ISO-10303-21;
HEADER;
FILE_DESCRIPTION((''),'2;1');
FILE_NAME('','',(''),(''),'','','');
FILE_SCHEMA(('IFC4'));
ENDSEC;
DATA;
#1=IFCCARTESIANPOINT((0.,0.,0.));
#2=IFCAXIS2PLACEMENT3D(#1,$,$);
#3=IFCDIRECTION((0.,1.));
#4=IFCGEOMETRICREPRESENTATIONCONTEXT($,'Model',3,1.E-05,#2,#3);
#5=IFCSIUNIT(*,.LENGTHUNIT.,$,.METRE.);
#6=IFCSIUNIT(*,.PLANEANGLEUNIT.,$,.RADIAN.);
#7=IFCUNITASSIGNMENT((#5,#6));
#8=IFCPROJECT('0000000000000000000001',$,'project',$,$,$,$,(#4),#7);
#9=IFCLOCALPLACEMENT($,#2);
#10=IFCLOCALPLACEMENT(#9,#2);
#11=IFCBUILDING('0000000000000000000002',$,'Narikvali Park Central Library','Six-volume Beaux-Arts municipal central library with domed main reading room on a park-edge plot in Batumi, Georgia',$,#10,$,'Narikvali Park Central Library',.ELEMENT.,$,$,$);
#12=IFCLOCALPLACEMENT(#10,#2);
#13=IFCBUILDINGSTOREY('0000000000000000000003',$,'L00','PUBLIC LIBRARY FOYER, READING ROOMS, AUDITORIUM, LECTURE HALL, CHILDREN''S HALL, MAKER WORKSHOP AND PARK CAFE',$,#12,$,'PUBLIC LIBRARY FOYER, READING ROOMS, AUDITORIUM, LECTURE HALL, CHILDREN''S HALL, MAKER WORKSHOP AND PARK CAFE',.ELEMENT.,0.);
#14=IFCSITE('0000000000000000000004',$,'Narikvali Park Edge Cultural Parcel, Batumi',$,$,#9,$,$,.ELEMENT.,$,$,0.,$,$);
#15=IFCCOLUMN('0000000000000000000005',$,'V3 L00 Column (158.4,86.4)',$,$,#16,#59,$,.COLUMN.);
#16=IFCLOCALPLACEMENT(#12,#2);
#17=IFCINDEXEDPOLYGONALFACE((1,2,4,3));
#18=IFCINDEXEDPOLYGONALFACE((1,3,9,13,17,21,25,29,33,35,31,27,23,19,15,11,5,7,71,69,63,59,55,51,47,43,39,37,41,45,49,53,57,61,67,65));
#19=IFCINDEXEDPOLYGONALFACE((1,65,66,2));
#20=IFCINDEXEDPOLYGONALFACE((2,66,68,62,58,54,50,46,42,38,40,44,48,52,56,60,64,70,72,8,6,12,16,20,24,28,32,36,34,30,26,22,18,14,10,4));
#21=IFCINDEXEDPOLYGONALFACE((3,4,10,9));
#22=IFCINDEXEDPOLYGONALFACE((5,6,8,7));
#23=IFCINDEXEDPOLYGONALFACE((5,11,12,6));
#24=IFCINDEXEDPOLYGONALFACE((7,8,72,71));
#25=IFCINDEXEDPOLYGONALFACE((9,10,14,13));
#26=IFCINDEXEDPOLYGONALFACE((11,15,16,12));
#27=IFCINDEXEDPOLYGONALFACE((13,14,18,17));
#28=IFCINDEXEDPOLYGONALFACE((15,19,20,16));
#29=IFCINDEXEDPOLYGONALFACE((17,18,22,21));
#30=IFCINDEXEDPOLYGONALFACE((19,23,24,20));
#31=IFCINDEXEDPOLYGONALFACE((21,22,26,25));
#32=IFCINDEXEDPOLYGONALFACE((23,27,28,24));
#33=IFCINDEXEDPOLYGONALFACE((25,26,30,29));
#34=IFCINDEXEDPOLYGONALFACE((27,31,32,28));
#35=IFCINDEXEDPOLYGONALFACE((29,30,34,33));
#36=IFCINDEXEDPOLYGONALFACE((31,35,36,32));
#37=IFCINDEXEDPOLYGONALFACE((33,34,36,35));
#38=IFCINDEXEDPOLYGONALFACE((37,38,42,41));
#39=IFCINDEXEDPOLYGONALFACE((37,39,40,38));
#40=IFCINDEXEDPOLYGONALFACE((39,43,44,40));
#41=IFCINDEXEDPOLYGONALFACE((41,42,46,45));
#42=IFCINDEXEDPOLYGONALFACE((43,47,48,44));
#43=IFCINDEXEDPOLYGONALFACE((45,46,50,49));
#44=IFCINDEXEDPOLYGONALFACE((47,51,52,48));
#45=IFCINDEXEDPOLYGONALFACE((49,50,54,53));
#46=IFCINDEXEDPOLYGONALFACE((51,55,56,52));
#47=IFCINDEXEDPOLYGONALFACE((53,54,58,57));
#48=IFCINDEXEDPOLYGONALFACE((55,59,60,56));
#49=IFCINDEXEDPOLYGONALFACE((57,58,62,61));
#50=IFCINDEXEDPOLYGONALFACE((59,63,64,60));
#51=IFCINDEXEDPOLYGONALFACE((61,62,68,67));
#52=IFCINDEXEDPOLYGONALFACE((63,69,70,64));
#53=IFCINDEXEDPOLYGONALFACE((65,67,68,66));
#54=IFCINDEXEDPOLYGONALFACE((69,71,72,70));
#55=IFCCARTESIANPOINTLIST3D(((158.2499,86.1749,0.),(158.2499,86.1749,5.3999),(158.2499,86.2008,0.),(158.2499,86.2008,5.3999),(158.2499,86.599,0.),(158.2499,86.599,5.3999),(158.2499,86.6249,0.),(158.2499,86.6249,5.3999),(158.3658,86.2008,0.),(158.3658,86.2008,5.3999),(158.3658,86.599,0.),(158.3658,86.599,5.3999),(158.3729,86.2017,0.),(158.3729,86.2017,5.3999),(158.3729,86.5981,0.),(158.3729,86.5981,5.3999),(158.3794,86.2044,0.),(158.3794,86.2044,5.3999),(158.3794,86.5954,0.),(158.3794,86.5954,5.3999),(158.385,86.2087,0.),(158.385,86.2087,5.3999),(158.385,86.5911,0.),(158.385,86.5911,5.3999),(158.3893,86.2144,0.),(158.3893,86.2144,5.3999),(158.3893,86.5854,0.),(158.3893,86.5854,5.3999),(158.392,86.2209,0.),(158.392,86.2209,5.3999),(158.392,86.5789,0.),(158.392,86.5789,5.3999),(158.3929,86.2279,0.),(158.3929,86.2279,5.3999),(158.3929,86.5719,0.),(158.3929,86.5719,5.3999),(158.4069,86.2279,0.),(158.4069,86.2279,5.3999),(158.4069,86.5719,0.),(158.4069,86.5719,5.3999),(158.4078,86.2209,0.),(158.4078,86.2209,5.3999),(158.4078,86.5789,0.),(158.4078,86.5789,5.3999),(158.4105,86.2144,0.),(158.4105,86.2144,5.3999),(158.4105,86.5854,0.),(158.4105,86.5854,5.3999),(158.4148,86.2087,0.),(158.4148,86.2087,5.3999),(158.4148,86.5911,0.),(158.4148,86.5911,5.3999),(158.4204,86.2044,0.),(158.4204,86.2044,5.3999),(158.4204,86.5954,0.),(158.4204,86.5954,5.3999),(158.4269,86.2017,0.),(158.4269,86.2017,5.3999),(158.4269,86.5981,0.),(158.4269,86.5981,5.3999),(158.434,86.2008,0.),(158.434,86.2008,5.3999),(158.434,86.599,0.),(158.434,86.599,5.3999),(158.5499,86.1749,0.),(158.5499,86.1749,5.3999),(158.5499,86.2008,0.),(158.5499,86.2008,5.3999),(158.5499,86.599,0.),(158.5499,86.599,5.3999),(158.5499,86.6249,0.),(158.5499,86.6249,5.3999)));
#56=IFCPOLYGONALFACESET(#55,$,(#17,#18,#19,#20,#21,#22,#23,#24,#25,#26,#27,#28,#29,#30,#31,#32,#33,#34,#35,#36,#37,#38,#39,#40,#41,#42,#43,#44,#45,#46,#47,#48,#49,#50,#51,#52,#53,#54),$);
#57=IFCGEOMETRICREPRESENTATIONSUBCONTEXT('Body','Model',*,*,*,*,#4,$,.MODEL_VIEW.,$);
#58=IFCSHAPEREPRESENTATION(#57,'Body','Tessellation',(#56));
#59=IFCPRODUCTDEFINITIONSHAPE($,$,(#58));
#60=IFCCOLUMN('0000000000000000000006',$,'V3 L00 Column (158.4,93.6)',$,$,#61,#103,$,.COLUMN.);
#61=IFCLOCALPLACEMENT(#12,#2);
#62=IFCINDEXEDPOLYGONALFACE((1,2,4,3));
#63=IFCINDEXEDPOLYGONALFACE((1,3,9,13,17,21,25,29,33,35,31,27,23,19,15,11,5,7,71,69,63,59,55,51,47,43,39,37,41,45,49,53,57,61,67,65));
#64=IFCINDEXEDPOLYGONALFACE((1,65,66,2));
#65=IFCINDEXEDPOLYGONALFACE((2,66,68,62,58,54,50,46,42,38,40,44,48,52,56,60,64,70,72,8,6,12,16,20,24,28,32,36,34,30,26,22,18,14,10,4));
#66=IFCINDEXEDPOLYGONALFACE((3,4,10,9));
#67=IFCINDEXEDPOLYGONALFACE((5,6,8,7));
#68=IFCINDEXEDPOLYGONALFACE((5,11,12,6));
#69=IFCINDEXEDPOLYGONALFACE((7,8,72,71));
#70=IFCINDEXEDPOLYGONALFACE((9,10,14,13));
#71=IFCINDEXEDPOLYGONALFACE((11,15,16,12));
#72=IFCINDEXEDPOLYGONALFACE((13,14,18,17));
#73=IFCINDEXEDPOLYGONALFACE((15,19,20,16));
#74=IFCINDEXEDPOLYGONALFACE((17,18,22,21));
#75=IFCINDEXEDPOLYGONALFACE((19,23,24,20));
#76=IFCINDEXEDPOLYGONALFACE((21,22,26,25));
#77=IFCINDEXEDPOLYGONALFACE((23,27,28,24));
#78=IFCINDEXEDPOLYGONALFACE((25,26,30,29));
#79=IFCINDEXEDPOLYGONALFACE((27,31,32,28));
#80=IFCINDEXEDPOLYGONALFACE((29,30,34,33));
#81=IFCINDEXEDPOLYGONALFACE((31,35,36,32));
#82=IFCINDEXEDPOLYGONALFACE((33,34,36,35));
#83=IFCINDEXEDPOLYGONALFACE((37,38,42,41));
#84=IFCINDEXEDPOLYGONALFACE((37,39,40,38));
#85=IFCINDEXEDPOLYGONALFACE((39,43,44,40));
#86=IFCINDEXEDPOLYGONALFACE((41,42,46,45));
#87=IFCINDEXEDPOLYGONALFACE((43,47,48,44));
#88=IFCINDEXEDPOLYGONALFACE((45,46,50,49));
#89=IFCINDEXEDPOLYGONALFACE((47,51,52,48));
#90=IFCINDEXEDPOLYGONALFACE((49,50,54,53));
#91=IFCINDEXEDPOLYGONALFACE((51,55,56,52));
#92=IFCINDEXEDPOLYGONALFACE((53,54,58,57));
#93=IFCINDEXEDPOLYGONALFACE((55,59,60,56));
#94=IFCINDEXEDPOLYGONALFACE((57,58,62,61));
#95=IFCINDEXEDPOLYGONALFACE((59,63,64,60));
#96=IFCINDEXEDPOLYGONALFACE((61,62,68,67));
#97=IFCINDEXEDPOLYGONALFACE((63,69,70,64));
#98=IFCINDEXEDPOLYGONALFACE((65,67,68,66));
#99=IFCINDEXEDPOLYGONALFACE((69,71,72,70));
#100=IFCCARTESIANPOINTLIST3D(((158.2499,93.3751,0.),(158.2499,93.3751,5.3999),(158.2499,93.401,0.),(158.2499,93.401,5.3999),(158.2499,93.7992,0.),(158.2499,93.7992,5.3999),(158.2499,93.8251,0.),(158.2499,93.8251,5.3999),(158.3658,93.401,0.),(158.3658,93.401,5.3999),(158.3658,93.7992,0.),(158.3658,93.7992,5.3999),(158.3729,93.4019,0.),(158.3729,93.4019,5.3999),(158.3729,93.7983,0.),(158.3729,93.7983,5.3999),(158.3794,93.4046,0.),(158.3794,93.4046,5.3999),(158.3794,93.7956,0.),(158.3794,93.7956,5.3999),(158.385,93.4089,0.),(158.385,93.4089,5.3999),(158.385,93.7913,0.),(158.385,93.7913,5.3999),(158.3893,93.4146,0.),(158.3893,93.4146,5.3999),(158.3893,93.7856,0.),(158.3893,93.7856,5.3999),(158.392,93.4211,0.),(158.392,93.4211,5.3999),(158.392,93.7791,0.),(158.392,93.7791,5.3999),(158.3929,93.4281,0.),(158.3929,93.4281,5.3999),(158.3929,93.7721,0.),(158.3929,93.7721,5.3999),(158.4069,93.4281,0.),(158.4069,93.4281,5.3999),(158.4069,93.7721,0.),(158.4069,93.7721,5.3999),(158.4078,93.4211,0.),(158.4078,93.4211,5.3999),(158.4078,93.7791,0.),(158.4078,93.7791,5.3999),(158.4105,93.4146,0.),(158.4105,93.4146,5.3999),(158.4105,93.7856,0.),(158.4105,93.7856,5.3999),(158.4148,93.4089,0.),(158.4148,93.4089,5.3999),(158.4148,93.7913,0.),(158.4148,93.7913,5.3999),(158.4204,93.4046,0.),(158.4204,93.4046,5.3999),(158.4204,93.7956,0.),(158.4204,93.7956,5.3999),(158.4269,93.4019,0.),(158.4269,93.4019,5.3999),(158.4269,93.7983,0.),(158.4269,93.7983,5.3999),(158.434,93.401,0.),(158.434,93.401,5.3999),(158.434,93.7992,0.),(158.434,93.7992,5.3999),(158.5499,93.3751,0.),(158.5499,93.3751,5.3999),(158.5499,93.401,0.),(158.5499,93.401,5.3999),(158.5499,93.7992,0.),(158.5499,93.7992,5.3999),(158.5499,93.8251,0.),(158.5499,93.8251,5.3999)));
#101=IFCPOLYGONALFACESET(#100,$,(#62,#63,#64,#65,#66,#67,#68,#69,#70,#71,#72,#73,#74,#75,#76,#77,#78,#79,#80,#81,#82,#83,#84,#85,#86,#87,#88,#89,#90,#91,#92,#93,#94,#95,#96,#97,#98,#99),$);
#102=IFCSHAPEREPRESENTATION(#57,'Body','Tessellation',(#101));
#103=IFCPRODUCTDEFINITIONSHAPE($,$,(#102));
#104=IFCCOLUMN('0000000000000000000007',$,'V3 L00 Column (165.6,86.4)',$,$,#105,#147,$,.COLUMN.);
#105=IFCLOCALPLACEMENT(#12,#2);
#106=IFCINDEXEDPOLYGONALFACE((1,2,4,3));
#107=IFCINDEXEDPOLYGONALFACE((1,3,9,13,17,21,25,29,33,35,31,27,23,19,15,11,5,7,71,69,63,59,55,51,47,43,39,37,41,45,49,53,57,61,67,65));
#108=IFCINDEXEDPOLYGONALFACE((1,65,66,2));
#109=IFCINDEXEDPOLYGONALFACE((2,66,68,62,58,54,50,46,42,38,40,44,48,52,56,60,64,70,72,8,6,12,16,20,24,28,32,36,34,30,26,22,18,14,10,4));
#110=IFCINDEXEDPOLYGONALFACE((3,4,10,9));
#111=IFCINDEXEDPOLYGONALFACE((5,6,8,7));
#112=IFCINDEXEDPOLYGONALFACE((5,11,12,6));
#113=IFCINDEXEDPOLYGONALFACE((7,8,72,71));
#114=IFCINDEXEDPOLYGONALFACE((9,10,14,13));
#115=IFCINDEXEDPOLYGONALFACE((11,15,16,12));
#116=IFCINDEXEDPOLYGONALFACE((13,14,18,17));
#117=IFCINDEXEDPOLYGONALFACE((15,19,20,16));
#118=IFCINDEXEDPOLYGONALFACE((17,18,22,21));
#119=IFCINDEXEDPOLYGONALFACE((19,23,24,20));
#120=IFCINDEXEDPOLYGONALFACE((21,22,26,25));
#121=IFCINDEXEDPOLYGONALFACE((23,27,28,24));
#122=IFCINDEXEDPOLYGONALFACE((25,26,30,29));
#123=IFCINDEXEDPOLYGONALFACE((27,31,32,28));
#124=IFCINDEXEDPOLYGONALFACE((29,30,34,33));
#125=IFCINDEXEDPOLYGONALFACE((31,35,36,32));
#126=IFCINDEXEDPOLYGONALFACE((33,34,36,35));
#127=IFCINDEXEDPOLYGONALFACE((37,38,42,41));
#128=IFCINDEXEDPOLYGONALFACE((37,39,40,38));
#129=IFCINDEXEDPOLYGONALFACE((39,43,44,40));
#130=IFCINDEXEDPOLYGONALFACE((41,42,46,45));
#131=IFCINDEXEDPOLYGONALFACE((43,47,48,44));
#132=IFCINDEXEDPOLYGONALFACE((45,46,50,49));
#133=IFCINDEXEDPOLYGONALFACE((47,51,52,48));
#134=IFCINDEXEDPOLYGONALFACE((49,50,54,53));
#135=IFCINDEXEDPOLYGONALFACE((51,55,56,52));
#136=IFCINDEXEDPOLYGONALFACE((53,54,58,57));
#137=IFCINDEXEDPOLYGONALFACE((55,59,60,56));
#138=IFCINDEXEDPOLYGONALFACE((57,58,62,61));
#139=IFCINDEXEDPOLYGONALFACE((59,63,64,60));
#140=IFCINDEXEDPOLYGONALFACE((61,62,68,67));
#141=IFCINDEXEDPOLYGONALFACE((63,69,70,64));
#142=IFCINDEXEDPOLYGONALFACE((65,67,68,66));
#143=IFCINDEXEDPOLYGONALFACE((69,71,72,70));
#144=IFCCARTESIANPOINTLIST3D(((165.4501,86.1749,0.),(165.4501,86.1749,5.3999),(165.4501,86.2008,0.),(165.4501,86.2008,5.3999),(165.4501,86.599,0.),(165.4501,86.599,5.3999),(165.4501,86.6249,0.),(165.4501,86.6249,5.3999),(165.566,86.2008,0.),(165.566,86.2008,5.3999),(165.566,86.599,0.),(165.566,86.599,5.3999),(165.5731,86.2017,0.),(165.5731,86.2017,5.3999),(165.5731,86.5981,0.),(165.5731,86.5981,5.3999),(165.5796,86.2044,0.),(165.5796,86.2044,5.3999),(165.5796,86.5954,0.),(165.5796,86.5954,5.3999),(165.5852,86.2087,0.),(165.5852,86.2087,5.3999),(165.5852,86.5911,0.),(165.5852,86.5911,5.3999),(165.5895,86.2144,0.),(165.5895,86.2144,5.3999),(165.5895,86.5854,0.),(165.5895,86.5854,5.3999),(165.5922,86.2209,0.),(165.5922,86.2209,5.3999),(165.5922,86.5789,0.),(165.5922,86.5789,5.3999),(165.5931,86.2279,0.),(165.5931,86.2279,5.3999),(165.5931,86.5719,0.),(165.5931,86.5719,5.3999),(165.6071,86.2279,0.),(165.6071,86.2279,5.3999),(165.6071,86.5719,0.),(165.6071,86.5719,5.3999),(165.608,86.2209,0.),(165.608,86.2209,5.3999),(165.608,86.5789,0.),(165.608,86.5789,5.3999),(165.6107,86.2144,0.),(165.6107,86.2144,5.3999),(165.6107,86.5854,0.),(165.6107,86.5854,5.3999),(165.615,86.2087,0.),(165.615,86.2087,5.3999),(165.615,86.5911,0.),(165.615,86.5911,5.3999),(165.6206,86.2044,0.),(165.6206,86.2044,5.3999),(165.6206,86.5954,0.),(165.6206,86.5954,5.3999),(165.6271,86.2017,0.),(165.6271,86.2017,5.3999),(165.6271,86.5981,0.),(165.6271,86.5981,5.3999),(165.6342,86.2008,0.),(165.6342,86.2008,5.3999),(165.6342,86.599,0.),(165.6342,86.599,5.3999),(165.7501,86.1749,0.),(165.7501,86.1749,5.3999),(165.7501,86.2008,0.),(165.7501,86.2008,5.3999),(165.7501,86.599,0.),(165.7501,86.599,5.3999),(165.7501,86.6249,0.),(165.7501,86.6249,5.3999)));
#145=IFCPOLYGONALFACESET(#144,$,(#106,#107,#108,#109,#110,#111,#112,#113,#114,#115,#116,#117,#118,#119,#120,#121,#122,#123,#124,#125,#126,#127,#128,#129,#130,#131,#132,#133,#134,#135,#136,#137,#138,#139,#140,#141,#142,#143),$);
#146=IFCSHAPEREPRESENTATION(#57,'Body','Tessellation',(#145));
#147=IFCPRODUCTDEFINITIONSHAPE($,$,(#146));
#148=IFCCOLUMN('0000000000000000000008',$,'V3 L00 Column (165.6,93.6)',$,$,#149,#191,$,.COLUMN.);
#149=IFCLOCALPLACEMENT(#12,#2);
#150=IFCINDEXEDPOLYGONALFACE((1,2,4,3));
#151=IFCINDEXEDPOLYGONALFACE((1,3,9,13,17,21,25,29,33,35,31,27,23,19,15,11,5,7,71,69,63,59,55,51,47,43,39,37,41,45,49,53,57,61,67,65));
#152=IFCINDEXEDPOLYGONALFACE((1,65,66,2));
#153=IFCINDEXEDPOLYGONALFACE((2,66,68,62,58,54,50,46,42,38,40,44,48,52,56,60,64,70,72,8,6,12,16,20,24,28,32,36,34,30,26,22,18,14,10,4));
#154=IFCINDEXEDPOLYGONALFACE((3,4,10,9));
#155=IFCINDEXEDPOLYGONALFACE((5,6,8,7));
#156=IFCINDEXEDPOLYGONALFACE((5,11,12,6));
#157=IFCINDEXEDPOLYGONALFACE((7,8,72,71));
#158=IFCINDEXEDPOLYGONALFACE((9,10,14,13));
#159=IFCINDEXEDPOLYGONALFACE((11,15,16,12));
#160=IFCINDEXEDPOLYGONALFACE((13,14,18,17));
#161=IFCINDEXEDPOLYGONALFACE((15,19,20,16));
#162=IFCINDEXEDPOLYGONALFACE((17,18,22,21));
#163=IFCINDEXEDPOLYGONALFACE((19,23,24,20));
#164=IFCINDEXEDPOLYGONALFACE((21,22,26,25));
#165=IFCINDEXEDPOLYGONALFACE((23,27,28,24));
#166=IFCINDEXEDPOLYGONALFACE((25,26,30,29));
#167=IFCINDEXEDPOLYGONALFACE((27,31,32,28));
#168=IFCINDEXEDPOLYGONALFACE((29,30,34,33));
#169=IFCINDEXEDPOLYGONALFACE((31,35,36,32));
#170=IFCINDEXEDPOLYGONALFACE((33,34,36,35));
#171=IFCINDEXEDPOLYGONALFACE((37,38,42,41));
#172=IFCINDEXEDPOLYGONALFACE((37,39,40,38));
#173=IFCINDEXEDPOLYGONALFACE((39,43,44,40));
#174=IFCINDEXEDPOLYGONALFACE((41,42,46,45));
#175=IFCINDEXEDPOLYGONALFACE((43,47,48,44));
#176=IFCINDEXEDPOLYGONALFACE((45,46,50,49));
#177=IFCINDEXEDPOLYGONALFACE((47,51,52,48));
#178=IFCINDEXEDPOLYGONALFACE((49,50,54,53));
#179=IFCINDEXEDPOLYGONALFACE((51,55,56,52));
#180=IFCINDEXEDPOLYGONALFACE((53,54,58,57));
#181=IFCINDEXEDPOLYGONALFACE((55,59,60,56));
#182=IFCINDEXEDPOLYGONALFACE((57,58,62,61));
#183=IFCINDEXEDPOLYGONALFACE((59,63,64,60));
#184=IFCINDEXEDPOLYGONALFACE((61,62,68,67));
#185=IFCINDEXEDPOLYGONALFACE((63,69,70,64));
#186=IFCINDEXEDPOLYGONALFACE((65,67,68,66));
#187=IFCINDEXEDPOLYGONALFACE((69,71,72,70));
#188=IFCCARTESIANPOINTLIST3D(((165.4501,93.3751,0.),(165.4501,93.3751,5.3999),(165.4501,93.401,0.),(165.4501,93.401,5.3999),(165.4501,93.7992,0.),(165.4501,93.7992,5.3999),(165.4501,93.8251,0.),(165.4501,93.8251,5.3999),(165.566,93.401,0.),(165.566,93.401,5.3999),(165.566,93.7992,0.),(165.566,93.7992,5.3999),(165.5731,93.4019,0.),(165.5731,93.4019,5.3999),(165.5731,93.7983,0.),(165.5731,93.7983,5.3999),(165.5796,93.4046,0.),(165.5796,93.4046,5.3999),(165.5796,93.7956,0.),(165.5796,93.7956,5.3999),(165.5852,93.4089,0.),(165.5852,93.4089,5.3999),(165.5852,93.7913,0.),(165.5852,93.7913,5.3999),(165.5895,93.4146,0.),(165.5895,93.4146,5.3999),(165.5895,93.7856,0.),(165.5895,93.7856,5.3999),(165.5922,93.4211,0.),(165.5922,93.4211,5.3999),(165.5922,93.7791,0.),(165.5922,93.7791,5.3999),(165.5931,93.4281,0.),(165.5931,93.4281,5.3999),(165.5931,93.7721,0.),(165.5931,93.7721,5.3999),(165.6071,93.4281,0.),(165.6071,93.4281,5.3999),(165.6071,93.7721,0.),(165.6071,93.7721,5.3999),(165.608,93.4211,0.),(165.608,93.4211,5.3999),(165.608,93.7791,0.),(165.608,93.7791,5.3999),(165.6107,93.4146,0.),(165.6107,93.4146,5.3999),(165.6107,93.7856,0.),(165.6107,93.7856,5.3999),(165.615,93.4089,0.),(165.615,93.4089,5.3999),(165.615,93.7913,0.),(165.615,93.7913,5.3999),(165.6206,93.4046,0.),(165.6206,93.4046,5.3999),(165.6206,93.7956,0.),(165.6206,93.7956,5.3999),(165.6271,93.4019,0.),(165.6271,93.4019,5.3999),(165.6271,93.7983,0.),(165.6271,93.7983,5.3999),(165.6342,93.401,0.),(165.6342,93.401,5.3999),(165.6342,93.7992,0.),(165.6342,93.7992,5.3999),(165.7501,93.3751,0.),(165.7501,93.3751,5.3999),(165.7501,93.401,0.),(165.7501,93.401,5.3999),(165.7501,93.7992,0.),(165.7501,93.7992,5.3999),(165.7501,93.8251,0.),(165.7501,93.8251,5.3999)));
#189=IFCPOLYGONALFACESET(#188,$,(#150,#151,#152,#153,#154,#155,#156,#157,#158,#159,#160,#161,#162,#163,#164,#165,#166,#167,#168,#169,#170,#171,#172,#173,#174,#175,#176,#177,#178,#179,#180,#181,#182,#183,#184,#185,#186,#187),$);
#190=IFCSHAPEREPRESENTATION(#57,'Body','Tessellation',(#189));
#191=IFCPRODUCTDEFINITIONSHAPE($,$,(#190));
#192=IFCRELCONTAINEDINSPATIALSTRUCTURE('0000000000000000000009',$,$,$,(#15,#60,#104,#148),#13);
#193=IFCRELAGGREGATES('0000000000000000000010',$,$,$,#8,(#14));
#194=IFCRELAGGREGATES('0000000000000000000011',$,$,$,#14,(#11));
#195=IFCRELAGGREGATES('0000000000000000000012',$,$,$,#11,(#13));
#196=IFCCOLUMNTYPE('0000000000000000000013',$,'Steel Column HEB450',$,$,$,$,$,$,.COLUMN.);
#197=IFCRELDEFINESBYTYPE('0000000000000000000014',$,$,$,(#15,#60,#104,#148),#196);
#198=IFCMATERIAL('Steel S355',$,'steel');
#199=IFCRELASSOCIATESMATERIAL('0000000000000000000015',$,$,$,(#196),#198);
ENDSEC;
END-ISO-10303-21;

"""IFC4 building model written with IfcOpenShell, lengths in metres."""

from ifc_helpers import new_model, si_unit, direction, frame, origin, origin_2d, place, context, subcontext, project, spatial, i_section, extrude, material, material_profile, profile_set, type_object, element, save


model = new_model("IFC4")

# Units and contexts
model_context = context("Model", 3, precision=1e-05, world=origin(), true_north=direction((0.0, 1.0)))
body_context = subcontext(model_context, "Body", "Model", "MODEL_VIEW")
ifc_project = project(units=[si_unit("LENGTHUNIT", "METRE"), si_unit("PLANEANGLEUNIT", "RADIAN")], contexts=[model_context])

# Site, building, storey
site_placement = place(None, origin())
site = spatial("IfcSite", under=ifc_project, at=site_placement, Name="Narikvali Park Edge Cultural Parcel, Batumi", CompositionType="ELEMENT", RefElevation=0.0)
building_placement = place(site_placement, origin())
building = spatial("IfcBuilding", under=site, at=building_placement, Name="Narikvali Park Central Library", Description="Six-volume Beaux-Arts municipal central library with domed main reading room on a park-edge plot in Batumi, Georgia", LongName="Narikvali Park Central Library", CompositionType="ELEMENT")
storey_placement = place(building_placement, origin())
storey = spatial("IfcBuildingStorey", under=building, at=storey_placement, Name="L00", Description="PUBLIC LIBRARY FOYER, READING ROOMS, AUDITORIUM, LECTURE HALL, CHILDREN'S HALL, MAKER WORKSHOP AND PARK CAFE", LongName="PUBLIC LIBRARY FOYER, READING ROOMS, AUDITORIUM, LECTURE HALL, CHILDREN'S HALL, MAKER WORKSHOP AND PARK CAFE", CompositionType="ELEMENT", Elevation=0.0)

# Columns
ifc_material_1 = material(Name="Steel S355", Category="steel")
ifc_material_profile_1 = material_profile(ifc_material_1, i_section(OverallWidth=0.3, OverallDepth=0.45, WebThickness=0.0139, FlangeThickness=0.0259, FilletRadius=0.0271, at=origin_2d()), Name="HEB 450")
ifc_profile_set_1 = profile_set([ifc_material_profile_1], Name="Steel S355")
column_type = type_object("IfcColumnType", Name="Steel Column HEB450", PredefinedType="COLUMN", material=ifc_profile_set_1)
for number, where, z_axis, x_axis, name in (
    (1, (158.3999, 86.3999, 0.0), (0.0, 0.0, 1.0), (1.0, 0.0, 0.0), "V3 L00 Column (158.4,86.4)"),
    (2, (158.3999, 93.6001, 0.0), (0.0, 0.0, 1.0), (1.0, 0.0, 0.0), "V3 L00 Column (158.4,93.6)"),
    (3, (165.6001, 86.3999, 0.0), (0.0, 0.0, 1.0), (1.0, 0.0, 0.0), "V3 L00 Column (165.6,86.4)"),
    (4, (165.6001, 93.6001, 0.0), (0.0, 0.0, 1.0), (1.0, 0.0, 0.0), "V3 L00 Column (165.6,93.6)"),
):
    element("IfcColumn", number, at=place(storey_placement, frame(where, z_axis=z_axis, x_axis=x_axis)), inside=storey, type_object=column_type, Name=name, PredefinedType="COLUMN", context=body_context, shape_type="SweptSolid", body=[
        extrude(i_section(OverallWidth=0.3, OverallDepth=0.45, WebThickness=0.0139, FlangeThickness=0.0259, FilletRadius=0.0271, at=origin_2d()), origin(), (0.0, 0.0, 1.0), 5.3999),
    ])

save(model, "model.ifc")
